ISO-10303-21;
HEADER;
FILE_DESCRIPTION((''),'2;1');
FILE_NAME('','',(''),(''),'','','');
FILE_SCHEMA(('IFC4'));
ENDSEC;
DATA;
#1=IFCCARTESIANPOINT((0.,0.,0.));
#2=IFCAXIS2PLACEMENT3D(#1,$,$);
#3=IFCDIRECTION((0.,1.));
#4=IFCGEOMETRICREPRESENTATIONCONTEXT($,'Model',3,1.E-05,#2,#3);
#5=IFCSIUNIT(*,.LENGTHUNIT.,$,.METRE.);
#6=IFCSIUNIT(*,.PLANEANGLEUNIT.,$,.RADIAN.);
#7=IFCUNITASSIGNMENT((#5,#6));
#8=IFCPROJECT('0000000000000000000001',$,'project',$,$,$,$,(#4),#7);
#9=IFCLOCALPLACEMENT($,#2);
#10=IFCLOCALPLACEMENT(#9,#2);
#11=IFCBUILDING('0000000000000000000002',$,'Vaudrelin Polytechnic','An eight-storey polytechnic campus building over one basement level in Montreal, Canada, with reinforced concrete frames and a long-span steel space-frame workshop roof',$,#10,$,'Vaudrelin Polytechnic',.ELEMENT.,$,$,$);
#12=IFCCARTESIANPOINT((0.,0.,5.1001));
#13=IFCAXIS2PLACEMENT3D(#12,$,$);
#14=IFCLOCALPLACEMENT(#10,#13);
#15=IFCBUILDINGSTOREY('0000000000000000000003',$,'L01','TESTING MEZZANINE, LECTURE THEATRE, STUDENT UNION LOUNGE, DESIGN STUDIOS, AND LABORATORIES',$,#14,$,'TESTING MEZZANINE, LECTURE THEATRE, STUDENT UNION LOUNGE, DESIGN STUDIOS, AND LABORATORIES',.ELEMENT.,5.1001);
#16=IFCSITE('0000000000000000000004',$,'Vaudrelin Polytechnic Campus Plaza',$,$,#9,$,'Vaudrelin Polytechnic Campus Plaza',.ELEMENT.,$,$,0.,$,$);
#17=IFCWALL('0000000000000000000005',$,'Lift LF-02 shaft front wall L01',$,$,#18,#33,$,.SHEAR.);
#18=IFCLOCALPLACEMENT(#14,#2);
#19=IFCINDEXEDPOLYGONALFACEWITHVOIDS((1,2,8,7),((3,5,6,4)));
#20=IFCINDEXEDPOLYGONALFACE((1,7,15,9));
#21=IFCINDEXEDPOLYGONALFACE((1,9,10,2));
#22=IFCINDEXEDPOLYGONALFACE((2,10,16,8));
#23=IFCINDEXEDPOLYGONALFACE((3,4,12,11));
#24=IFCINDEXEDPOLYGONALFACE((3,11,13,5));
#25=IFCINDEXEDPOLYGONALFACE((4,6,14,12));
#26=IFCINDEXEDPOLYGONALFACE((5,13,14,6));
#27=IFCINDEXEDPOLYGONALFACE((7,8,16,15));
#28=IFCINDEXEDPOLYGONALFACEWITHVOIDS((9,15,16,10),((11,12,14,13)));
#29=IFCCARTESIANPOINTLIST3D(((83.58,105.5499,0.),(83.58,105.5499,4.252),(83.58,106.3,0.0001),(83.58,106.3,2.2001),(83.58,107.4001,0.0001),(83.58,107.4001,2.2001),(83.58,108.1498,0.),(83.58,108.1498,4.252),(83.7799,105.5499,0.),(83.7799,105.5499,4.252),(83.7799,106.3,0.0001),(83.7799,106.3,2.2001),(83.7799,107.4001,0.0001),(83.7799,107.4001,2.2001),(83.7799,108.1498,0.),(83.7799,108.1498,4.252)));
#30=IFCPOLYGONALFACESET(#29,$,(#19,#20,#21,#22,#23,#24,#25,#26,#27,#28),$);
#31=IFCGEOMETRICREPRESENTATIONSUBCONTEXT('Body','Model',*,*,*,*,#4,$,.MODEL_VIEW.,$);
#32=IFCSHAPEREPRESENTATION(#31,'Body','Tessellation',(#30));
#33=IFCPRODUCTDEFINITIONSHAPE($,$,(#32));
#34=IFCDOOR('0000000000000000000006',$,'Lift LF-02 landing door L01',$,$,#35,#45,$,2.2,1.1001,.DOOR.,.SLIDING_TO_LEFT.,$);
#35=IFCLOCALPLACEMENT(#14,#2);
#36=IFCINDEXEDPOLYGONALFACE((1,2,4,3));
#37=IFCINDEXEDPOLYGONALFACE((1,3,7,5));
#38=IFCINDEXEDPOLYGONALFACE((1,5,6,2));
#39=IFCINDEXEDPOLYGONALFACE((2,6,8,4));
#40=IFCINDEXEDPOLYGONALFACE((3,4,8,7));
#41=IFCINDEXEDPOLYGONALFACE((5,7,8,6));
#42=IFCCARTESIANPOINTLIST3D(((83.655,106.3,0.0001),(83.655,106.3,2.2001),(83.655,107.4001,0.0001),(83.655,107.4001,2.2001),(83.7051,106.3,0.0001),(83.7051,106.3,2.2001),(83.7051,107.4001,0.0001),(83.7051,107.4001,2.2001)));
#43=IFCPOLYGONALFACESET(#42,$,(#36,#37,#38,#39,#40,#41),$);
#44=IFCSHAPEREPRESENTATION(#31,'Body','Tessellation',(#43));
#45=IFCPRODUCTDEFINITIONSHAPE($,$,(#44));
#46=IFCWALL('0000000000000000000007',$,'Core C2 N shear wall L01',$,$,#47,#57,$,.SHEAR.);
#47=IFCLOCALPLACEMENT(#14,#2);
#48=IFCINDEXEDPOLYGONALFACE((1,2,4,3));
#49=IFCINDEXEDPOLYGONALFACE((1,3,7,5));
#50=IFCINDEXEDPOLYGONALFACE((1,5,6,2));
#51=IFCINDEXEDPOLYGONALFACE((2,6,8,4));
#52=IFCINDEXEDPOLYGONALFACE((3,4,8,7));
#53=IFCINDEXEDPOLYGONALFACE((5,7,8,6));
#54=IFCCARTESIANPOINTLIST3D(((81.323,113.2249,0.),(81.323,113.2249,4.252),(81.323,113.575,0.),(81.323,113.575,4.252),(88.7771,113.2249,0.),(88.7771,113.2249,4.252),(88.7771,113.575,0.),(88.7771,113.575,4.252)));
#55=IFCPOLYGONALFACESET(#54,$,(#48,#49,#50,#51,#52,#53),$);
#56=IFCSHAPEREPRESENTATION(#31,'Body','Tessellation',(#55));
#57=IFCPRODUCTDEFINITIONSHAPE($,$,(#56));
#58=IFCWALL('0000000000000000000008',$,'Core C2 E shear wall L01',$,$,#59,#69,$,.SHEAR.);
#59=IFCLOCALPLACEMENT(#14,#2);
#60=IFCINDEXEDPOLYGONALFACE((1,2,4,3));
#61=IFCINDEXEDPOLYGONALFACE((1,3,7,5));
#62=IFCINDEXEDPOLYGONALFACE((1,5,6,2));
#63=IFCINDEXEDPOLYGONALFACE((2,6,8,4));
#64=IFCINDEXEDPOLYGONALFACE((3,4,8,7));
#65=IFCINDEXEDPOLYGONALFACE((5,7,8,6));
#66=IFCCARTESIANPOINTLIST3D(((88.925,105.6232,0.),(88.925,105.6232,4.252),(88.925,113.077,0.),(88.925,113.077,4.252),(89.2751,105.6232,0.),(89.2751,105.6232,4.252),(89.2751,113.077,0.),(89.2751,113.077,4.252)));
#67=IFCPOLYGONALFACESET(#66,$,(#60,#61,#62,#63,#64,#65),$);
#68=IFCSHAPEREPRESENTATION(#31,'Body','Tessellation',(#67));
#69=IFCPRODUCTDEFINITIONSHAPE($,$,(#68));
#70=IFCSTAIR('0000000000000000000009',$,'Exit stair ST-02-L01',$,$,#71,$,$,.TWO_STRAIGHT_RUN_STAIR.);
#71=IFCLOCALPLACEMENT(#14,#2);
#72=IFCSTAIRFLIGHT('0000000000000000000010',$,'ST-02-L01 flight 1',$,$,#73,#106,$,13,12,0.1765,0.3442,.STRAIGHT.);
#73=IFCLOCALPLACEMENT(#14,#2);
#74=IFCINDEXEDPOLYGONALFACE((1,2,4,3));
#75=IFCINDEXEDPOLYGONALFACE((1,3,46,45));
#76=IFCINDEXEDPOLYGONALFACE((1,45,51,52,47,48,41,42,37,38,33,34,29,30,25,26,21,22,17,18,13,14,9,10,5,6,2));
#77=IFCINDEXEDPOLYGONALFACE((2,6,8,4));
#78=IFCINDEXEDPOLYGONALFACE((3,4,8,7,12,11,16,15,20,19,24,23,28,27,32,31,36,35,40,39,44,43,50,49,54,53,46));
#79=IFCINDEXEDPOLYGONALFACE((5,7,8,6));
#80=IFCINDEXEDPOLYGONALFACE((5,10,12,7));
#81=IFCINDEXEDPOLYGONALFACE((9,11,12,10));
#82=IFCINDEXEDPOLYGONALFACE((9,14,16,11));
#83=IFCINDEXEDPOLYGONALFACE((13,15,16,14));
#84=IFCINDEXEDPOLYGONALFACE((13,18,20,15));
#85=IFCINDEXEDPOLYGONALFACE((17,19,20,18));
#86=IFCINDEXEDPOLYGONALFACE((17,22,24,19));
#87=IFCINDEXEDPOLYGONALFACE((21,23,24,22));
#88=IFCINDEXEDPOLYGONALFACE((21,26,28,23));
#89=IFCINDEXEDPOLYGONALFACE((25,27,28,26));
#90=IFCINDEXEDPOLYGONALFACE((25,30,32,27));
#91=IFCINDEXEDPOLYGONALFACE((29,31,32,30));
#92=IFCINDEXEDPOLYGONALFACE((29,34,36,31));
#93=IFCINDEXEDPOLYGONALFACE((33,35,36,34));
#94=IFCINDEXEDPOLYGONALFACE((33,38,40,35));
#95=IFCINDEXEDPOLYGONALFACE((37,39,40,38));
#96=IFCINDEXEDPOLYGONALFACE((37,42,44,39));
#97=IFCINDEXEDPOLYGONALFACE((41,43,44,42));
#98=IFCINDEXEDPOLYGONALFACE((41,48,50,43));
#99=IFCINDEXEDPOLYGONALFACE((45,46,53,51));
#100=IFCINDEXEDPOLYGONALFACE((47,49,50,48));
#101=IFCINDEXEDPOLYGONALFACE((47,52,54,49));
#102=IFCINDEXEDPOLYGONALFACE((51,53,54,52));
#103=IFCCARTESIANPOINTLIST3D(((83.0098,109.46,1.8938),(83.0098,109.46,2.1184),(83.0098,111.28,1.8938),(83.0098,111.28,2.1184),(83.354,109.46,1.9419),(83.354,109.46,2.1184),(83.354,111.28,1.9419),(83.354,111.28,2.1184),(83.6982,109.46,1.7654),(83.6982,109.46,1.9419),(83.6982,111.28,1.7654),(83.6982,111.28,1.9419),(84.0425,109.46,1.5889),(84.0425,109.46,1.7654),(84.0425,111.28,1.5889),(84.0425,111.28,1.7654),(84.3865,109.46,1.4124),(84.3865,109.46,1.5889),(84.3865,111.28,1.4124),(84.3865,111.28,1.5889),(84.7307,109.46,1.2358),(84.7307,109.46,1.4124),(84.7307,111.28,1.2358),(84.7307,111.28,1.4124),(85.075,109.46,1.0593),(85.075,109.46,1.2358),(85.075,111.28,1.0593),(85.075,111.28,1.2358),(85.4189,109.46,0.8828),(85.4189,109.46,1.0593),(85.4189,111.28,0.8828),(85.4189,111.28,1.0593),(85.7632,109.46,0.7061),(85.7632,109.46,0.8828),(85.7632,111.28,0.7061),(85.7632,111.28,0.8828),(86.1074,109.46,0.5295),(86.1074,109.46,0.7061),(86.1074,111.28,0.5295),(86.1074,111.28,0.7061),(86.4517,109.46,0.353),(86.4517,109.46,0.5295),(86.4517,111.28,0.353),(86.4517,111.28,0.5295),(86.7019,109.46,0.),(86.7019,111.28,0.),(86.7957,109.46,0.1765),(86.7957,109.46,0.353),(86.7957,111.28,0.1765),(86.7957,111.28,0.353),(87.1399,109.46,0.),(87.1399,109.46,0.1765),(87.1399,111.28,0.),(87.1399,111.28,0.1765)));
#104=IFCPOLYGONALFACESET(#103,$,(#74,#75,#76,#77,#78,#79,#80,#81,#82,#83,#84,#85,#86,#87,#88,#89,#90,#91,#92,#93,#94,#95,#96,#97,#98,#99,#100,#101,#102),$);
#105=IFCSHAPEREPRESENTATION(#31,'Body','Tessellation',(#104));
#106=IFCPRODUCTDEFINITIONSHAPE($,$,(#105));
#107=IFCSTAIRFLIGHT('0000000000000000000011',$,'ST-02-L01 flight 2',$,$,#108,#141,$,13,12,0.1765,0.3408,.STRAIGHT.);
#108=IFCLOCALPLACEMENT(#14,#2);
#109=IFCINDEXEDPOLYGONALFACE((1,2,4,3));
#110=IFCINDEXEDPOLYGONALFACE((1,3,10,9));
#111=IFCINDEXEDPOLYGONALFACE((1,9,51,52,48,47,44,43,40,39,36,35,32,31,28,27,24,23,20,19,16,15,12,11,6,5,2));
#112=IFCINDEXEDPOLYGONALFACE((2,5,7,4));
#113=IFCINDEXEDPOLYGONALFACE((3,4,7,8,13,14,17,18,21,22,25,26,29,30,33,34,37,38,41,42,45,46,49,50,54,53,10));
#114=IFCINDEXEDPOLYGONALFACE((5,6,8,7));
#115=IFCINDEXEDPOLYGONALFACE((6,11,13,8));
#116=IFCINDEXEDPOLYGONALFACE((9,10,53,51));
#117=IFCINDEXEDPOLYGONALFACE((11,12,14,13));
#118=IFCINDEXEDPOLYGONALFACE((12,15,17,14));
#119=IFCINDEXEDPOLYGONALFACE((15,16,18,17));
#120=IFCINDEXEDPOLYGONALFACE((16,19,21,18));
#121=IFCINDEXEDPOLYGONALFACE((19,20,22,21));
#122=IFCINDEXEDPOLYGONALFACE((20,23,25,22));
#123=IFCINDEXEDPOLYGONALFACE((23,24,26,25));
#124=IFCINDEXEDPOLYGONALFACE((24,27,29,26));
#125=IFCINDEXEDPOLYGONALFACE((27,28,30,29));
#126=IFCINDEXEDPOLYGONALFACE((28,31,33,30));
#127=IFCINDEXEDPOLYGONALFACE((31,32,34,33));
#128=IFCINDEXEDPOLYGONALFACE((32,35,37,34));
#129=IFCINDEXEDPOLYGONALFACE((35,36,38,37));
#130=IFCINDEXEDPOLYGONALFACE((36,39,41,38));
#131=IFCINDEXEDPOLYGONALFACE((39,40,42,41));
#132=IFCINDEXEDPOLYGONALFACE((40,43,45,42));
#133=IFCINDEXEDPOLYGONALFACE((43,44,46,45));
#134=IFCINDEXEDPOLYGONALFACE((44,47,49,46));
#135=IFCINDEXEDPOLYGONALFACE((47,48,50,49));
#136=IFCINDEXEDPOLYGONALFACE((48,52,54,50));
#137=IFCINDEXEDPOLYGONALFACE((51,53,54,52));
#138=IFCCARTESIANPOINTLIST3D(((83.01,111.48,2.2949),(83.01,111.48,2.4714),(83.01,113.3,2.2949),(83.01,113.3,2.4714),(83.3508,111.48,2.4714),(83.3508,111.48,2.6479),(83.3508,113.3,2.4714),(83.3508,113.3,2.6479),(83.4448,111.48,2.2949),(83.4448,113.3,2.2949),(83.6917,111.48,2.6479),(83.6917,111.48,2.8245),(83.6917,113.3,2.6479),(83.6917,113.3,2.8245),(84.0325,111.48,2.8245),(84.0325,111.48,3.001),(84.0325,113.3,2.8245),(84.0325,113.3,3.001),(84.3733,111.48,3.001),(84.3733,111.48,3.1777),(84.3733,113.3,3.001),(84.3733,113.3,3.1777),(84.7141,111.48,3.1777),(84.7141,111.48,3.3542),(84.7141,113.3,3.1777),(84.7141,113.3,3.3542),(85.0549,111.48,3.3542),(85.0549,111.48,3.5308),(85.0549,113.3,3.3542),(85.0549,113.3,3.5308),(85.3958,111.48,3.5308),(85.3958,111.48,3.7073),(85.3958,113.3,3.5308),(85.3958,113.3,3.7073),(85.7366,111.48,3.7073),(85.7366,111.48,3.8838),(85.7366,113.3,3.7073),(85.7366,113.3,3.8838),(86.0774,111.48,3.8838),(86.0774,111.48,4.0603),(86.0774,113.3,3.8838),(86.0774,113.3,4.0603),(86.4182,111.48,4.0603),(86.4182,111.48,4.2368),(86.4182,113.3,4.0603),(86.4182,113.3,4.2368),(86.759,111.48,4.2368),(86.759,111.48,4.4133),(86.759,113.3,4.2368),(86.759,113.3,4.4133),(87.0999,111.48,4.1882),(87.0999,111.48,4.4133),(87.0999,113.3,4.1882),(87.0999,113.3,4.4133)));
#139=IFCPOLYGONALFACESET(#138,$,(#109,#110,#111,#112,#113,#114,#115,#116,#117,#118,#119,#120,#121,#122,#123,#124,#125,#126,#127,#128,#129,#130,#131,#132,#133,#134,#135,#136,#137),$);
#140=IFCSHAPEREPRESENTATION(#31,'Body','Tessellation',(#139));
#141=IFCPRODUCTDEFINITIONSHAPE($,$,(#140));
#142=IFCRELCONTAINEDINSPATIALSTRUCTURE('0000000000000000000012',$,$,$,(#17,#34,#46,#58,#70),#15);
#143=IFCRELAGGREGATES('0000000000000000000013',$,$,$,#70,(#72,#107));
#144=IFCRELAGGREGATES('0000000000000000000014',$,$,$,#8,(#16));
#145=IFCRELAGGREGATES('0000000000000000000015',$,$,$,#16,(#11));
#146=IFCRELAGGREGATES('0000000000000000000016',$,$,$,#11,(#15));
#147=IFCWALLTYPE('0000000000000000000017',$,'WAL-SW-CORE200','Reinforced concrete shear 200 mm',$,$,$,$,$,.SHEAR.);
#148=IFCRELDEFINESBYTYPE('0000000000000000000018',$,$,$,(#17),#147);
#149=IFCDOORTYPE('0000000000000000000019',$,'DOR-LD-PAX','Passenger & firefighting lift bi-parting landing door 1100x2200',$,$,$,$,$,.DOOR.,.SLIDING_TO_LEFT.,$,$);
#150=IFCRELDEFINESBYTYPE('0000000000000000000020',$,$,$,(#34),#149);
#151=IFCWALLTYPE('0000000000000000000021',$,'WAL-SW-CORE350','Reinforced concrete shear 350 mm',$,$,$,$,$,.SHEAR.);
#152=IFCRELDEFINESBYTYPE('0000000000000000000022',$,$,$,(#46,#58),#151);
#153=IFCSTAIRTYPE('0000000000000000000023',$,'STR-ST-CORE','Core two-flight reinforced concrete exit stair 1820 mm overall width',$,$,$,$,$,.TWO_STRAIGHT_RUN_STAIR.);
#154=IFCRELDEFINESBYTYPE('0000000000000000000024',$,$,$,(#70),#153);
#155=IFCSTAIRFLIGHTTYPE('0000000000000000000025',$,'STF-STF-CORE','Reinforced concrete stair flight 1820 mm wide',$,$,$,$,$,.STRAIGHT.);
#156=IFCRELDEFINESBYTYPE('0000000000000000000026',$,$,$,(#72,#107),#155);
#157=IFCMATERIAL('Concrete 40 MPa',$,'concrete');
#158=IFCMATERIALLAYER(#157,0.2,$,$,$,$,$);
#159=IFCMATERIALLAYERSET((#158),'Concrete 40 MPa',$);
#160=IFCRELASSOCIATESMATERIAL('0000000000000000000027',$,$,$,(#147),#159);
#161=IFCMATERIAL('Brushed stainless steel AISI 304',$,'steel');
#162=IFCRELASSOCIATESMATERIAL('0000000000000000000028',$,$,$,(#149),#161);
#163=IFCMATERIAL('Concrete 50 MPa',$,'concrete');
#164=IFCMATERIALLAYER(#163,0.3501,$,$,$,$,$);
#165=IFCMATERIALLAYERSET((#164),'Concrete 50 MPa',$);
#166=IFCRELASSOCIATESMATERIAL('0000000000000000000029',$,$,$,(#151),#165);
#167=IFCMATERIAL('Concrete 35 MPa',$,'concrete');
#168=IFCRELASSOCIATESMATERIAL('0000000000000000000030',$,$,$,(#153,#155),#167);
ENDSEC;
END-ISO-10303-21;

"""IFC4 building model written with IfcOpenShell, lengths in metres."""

from ifc_helpers import new_model, si_unit, direction, frame, frame_2d, origin, place, context, subcontext, project, spatial, polyline, rectangle, outline, extrude, material, layer, layer_set, type_object, element, fill, aggregate, save


model = new_model("IFC4")

# Units and contexts
model_context = context("Model", 3, precision=1e-05, world=origin(), true_north=direction((0.0, 1.0)))
body_context = subcontext(model_context, "Body", "Model", "MODEL_VIEW")
ifc_project = project(units=[si_unit("LENGTHUNIT", "METRE"), si_unit("PLANEANGLEUNIT", "RADIAN")], contexts=[model_context])

# Site, building, storey
site_placement = place(None, origin())
site = spatial("IfcSite", under=ifc_project, at=site_placement, Name="Vaudrelin Polytechnic Campus Plaza", LongName="Vaudrelin Polytechnic Campus Plaza", CompositionType="ELEMENT", RefElevation=0.0)
building_placement = place(site_placement, origin())
building = spatial("IfcBuilding", under=site, at=building_placement, Name="Vaudrelin Polytechnic", Description="An eight-storey polytechnic campus building over one basement level in Montreal, Canada, with reinforced concrete frames and a long-span steel space-frame workshop roof", LongName="Vaudrelin Polytechnic", CompositionType="ELEMENT")
storey_placement = place(building_placement, frame((0.0, 0.0, 5.1001)))
storey = spatial("IfcBuildingStorey", under=building, at=storey_placement, Name="L01", Description="TESTING MEZZANINE, LECTURE THEATRE, STUDENT UNION LOUNGE, DESIGN STUDIOS, AND LABORATORIES", LongName="TESTING MEZZANINE, LECTURE THEATRE, STUDENT UNION LOUNGE, DESIGN STUDIOS, AND LABORATORIES", CompositionType="ELEMENT", Elevation=5.1001)

# Shared definitions
ifc_material_1 = material(Name="Concrete 40 MPa", Category="concrete")

# Wall, opening, door
ifc_layer_1 = layer(ifc_material_1, 0.2)
ifc_layer_set_1 = layer_set([ifc_layer_1], Name="Concrete 40 MPa")
wall_type_1 = type_object("IfcWallType", Name="WAL-SW-CORE200", Description="Reinforced concrete shear 200 mm", PredefinedType="SHEAR", material=ifc_layer_set_1)
wall_1_placement = place(storey_placement, frame((83.6799, 105.55, 0.0), z_axis=(0.0, 0.0, 1.0), x_axis=(0.0, 1.0, 0.0)))
wall_1 = element("IfcWall", 1, at=wall_1_placement, inside=storey, type_object=wall_type_1, Name="Lift LF-02 shaft front wall L01", PredefinedType="SHEAR", context=body_context, shape_type="SweptSolid", body=[
    extrude(rectangle(XDim=2.5999, YDim=0.2, at=frame_2d((1.2998, 0.0))), origin(), (0.0, 0.0, 1.0), 4.252),
])
opening_1_placement = place(wall_1_placement, frame((0.75, 0.0, 0.0)))
opening_1 = element("IfcOpeningElement", 2, at=opening_1_placement, cuts=wall_1, PredefinedType="OPENING", context=body_context, shape_type="SweptSolid", body=[
    extrude(rectangle(XDim=1.1001, YDim=2.2, at=frame_2d((0.55, 1.1001))), frame((0.0, 0.1099, 0.0), z_axis=(0.0, -1.0, 0.0), x_axis=(1.0, 0.0, 0.0)), (0.0, 0.0, 1.0), 0.22),
])
ifc_material_2 = material(Name="Brushed stainless steel AISI 304", Category="steel")
door_type_1 = type_object("IfcDoorType", Name="DOR-LD-PAX", Description="Passenger & firefighting lift bi-parting landing door 1100x2200", OperationType="SLIDING_TO_LEFT", PredefinedType="DOOR", material=ifc_material_2)
door_1_placement = place(opening_1_placement, origin())
door_1 = element("IfcDoor", 3, at=door_1_placement, inside=storey, type_object=door_type_1, Name="Lift LF-02 landing door L01", OperationType="SLIDING_TO_LEFT", OverallHeight=2.2, OverallWidth=1.1001, PredefinedType="DOOR", context=body_context, shape_type="SweptSolid", body=[
    extrude(rectangle(XDim=1.1001, YDim=2.2, at=frame_2d((0.55, 1.1001))), frame((0.0, 0.0249, 0.0), z_axis=(0.0, -1.0, 0.0), x_axis=(1.0, 0.0, 0.0)), (0.0, 0.0, 1.0), 0.05),
])
fill(opening_1, door_1)

# Walls
ifc_material_3 = material(Name="Concrete 50 MPa", Category="concrete")
ifc_layer_2 = layer(ifc_material_3, 0.3501)
ifc_layer_set_2 = layer_set([ifc_layer_2], Name="Concrete 50 MPa")
wall_type_2 = type_object("IfcWallType", Name="WAL-SW-CORE350", Description="Reinforced concrete shear 350 mm", PredefinedType="SHEAR", material=ifc_layer_set_2)
wall_2_placement = place(storey_placement, frame((81.323, 113.3999, 0.0), z_axis=(0.0, 0.0, 1.0), x_axis=(1.0, 0.0, 0.0)))
element("IfcWall", 4, at=wall_2_placement, inside=storey, type_object=wall_type_2, Name="Core C2 N shear wall L01", PredefinedType="SHEAR", context=body_context, shape_type="SweptSolid", body=[
    extrude(rectangle(XDim=7.4541, YDim=0.3501, at=frame_2d((3.7271, 0.0))), origin(), (0.0, 0.0, 1.0), 4.252),
])
wall_3_placement = place(storey_placement, frame((89.1001, 105.623, 0.0), z_axis=(0.0, 0.0, 1.0), x_axis=(0.0, 1.0, 0.0)))
element("IfcWall", 5, at=wall_3_placement, inside=storey, type_object=wall_type_2, Name="Core C2 E shear wall L01", PredefinedType="SHEAR", context=body_context, shape_type="SweptSolid", body=[
    extrude(rectangle(XDim=7.4539, YDim=0.3501, at=frame_2d((3.7271, 0.0))), origin(), (0.0, 0.0, 1.0), 4.252),
])

# Stair, stair flights
ifc_material_4 = material(Name="Concrete 35 MPa", Category="concrete")
stair_type = type_object("IfcStairType", Name="STR-ST-CORE", Description="Core two-flight reinforced concrete exit stair 1820 mm overall width", PredefinedType="TWO_STRAIGHT_RUN_STAIR", material=ifc_material_4)
stair_placement = place(storey_placement, origin())
stair = element("IfcStair", 6, at=stair_placement, inside=storey, type_object=stair_type, Name="Exit stair ST-02-L01", PredefinedType="TWO_STRAIGHT_RUN_STAIR")
stair_flight_type = type_object("IfcStairFlightType", Name="STF-STF-CORE", Description="Reinforced concrete stair flight 1820 mm wide", PredefinedType="STRAIGHT", material=ifc_material_4)
stair_flight_1_placement = place(storey_placement, frame((87.1399, 110.3701, 0.0), z_axis=(0.0, 0.0, 1.0), x_axis=(-1.0, 0.0, 0.0)))
stair_flight_1 = element("IfcStairFlight", 7, at=stair_flight_1_placement, type_object=stair_flight_type, Name="ST-02-L01 flight 1", NumberOfRisers=13, NumberOfTreads=12, PredefinedType="STRAIGHT", RiserHeight=0.1765, TreadLength=0.3442, context=body_context, shape_type="SweptSolid", body=[
    extrude(outline(polyline([(0.0, 0.0), (0.0, 0.1765), (0.3442, 0.1765), (0.3442, 0.353), (0.6882, 0.353), (0.6882, 0.5295), (1.0325, 0.5295), (1.0325, 0.7061), (1.3767, 0.7061), (1.3767, 0.8828), (1.7209, 0.8828), (1.7209, 1.0593), (2.0649, 1.0593), (2.0649, 1.2358), (2.4092, 1.2358), (2.4092, 1.4124), (2.7534, 1.4124), (2.7534, 1.5889), (3.0974, 1.5889), (3.0974, 1.7654), (3.4417, 1.7654), (3.4417, 1.9419), (3.7859, 1.9419), (3.7859, 2.1184), (4.1301, 2.1184), (4.1301, 2.2949), (4.1301, 1.8938), (0.438, 0.0), (0.0, 0.0)])), frame((0.0, 0.9102, 0.0), z_axis=(0.0, -1.0, 0.0), x_axis=(1.0, 0.0, 0.0)), (0.0, 0.0, 1.0), 1.8201),
])
stair_flight_2_placement = place(storey_placement, frame((83.01, 112.3899, 2.2949), z_axis=(0.0, 0.0, 1.0), x_axis=(1.0, 0.0, 0.0)))
stair_flight_2 = element("IfcStairFlight", 8, at=stair_flight_2_placement, type_object=stair_flight_type, Name="ST-02-L01 flight 2", NumberOfRisers=13, NumberOfTreads=12, PredefinedType="STRAIGHT", RiserHeight=0.1765, TreadLength=0.3408, context=body_context, shape_type="SweptSolid", body=[
    extrude(outline(polyline([(0.0, 0.0), (0.0, 0.1765), (0.3408, 0.1765), (0.3408, 0.353), (0.6816, 0.353), (0.6816, 0.5295), (1.0225, 0.5295), (1.0225, 0.7061), (1.3633, 0.7061), (1.3633, 0.8828), (1.7041, 0.8828), (1.7041, 1.0593), (2.0449, 1.0593), (2.0449, 1.2358), (2.3857, 1.2358), (2.3857, 1.4124), (2.7266, 1.4124), (2.7266, 1.5889), (3.0674, 1.5889), (3.0674, 1.7654), (3.4082, 1.7654), (3.4082, 1.9419), (3.749, 1.9419), (3.749, 2.1184), (4.0898, 2.1184), (4.0898, 2.2949), (4.0898, 1.8933), (0.4348, 0.0), (0.0, 0.0)])), frame((0.0, 0.9102, 0.0), z_axis=(0.0, -1.0, 0.0), x_axis=(1.0, 0.0, 0.0)), (0.0, 0.0, 1.0), 1.8201),
])
aggregate(stair, [stair_flight_1, stair_flight_2])

save(model, "model.ifc")
